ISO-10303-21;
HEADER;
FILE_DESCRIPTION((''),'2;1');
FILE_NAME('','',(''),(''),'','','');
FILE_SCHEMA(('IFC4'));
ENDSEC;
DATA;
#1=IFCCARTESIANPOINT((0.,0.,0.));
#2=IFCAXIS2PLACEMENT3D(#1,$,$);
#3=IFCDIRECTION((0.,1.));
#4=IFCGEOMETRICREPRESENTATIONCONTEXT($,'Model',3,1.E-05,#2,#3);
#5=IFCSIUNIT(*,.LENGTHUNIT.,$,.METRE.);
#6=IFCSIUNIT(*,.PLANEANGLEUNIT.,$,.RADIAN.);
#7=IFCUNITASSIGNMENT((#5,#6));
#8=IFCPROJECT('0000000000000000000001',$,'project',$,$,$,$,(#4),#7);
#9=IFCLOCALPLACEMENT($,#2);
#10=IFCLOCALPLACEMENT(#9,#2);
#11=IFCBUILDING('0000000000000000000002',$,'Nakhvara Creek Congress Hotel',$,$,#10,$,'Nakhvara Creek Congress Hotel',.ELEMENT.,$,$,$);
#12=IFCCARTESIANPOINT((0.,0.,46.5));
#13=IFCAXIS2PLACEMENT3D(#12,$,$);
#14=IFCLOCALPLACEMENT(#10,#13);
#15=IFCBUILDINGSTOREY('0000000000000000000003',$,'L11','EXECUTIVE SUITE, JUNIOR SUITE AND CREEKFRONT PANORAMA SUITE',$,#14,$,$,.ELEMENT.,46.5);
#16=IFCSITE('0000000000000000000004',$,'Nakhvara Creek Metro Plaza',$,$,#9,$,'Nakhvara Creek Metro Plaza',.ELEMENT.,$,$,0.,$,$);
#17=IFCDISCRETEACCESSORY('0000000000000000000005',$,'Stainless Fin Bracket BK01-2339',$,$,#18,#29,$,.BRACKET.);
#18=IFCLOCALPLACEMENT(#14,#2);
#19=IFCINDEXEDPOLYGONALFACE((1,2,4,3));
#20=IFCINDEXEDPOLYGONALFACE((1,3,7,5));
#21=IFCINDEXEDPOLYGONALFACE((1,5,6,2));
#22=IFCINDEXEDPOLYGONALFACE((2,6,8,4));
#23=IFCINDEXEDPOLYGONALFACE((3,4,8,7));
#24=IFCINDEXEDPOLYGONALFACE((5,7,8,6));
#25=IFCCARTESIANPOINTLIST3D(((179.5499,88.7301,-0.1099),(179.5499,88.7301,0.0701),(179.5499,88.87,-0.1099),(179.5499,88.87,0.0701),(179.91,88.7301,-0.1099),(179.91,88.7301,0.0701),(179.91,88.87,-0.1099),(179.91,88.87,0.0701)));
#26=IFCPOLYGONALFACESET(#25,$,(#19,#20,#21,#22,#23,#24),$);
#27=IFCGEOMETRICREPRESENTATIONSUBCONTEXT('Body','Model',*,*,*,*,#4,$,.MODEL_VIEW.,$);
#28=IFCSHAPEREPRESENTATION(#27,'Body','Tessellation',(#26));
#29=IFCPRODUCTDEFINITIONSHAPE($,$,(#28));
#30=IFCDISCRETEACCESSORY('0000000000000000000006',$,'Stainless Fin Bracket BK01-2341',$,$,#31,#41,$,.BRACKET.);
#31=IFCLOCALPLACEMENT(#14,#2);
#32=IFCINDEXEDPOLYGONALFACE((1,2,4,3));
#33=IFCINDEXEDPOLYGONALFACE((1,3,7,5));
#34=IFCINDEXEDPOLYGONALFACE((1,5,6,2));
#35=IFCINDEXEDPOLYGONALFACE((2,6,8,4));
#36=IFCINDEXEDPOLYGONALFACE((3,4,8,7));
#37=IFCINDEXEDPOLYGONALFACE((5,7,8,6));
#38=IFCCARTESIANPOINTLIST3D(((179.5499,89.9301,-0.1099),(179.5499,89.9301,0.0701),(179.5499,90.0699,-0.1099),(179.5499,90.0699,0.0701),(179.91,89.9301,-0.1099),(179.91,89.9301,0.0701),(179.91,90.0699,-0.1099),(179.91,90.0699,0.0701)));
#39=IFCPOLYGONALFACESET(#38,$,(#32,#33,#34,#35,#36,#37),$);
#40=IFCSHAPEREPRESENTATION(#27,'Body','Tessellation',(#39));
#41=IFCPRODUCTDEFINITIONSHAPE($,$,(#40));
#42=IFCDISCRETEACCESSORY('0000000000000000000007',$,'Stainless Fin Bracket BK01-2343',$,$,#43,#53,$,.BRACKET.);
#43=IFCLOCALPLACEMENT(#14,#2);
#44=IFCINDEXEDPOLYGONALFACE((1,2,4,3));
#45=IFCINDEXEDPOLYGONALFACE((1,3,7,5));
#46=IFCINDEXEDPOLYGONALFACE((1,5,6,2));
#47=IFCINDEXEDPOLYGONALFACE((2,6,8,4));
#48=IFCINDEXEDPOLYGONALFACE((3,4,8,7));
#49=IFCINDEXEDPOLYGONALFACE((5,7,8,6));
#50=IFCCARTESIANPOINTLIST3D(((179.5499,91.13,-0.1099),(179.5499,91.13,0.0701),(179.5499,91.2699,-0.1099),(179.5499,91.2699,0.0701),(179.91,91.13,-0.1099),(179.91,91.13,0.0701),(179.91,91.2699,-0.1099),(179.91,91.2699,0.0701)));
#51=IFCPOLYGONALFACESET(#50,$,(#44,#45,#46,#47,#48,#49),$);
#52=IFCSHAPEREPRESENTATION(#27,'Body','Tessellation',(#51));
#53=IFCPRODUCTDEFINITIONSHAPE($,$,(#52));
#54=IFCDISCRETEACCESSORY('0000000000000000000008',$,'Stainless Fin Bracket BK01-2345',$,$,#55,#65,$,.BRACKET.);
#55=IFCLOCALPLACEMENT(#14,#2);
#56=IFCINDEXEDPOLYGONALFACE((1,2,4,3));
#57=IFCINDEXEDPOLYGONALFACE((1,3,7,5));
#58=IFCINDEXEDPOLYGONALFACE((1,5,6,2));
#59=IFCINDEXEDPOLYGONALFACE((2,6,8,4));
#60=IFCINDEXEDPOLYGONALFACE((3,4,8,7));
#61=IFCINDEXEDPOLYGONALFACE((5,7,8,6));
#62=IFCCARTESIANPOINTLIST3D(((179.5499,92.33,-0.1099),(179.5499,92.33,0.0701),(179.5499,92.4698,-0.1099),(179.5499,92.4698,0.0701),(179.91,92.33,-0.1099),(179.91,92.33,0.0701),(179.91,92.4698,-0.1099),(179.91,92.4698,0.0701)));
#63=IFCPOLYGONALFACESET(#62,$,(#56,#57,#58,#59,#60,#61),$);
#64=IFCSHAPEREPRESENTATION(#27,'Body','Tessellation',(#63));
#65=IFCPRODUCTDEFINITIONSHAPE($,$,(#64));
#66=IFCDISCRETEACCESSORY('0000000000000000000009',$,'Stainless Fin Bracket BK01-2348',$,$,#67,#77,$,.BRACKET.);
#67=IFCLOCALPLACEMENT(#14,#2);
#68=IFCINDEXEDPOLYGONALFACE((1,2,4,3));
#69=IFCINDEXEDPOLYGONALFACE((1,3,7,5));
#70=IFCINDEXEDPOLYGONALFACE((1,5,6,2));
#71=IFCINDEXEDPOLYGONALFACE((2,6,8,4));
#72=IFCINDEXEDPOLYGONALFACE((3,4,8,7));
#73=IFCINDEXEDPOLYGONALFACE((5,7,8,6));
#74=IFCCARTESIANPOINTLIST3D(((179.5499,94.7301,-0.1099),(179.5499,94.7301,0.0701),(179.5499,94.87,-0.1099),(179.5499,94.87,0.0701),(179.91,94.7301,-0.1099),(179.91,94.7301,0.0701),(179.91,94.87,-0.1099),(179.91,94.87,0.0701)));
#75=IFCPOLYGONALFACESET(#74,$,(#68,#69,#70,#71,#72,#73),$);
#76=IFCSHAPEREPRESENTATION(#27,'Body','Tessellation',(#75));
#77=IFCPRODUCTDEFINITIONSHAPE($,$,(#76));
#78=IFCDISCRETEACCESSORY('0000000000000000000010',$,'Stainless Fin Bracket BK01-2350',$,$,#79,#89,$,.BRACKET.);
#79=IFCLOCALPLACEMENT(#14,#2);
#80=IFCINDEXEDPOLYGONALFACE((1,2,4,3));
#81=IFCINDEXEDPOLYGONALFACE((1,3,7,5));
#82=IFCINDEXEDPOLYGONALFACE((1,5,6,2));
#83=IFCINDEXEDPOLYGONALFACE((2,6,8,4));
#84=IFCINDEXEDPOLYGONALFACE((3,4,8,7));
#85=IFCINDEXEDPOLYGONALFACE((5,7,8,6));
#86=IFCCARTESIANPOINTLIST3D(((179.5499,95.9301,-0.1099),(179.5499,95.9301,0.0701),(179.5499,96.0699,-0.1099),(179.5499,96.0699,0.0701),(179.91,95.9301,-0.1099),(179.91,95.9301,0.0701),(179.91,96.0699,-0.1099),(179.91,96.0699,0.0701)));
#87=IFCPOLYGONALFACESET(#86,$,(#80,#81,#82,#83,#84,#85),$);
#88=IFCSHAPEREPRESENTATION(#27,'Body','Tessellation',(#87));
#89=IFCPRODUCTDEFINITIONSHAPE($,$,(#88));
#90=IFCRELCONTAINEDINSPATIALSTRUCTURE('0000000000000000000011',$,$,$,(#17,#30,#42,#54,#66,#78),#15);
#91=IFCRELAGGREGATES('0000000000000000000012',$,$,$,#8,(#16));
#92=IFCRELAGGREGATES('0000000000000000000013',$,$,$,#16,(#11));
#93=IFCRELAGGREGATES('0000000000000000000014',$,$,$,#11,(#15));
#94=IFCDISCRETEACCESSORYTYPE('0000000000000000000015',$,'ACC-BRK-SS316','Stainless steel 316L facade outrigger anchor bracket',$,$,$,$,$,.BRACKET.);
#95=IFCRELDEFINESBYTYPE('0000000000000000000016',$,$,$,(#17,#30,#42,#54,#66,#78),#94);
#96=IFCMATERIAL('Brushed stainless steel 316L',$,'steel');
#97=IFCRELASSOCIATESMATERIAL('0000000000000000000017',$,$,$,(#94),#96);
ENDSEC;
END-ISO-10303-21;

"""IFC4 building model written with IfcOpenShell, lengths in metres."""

from ifc_helpers import new_model, si_unit, direction, frame, origin, origin_2d, place, context, subcontext, project, spatial, rectangle, extrude, material, type_object, element, save


model = new_model("IFC4")

# Units and contexts
model_context = context("Model", 3, precision=1e-05, world=origin(), true_north=direction((0.0, 1.0)))
body_context = subcontext(model_context, "Body", "Model", "MODEL_VIEW")
ifc_project = project(units=[si_unit("LENGTHUNIT", "METRE"), si_unit("PLANEANGLEUNIT", "RADIAN")], contexts=[model_context])

# Site, building, storey
site_placement = place(None, origin())
site = spatial("IfcSite", under=ifc_project, at=site_placement, Name="Nakhvara Creek Metro Plaza", LongName="Nakhvara Creek Metro Plaza", CompositionType="ELEMENT", RefElevation=0.0)
building_placement = place(site_placement, origin())
building = spatial("IfcBuilding", under=site, at=building_placement, Name="Nakhvara Creek Congress Hotel", LongName="Nakhvara Creek Congress Hotel", CompositionType="ELEMENT")
storey_placement = place(building_placement, frame((0.0, 0.0, 46.5)))
storey = spatial("IfcBuildingStorey", under=building, at=storey_placement, Name="L11", Description="EXECUTIVE SUITE, JUNIOR SUITE AND CREEKFRONT PANORAMA SUITE", CompositionType="ELEMENT", Elevation=46.5)

# Discrete accessories
ifc_material_1 = material(Name="Brushed stainless steel 316L", Category="steel")
discrete_accessory_type = type_object("IfcDiscreteAccessoryType", Name="ACC-BRK-SS316", Description="Stainless steel 316L facade outrigger anchor bracket", PredefinedType="BRACKET", material=ifc_material_1)
for number, where, z_axis, x_axis, name in (
    (1, (179.73, 88.8, -0.1099), (0.0, 0.0, 1.0), (0.0, 1.0, 0.0), "Stainless Fin Bracket BK01-2339"),
    (2, (179.73, 90.0, -0.1099), (0.0, 0.0, 1.0), (0.0, 1.0, 0.0), "Stainless Fin Bracket BK01-2341"),
    (3, (179.73, 91.2, -0.1099), (0.0, 0.0, 1.0), (0.0, 1.0, 0.0), "Stainless Fin Bracket BK01-2343"),
    (4, (179.73, 92.3999, -0.1099), (0.0, 0.0, 1.0), (0.0, 1.0, 0.0), "Stainless Fin Bracket BK01-2345"),
    (5, (179.73, 94.8, -0.1099), (0.0, 0.0, 1.0), (0.0, 1.0, 0.0), "Stainless Fin Bracket BK01-2348"),
    (6, (179.73, 96.0, -0.1099), (0.0, 0.0, 1.0), (0.0, 1.0, 0.0), "Stainless Fin Bracket BK01-2350"),
):
    element("IfcDiscreteAccessory", number, at=place(storey_placement, frame(where, z_axis=z_axis, x_axis=x_axis)), inside=storey, type_object=discrete_accessory_type, Name=name, PredefinedType="BRACKET", context=body_context, shape_type="SweptSolid", body=[
        extrude(rectangle(XDim=0.1399, YDim=0.3601, at=origin_2d()), origin(), (0.0, 0.0, 1.0), 0.1799),
    ])

save(model, "model.ifc")
